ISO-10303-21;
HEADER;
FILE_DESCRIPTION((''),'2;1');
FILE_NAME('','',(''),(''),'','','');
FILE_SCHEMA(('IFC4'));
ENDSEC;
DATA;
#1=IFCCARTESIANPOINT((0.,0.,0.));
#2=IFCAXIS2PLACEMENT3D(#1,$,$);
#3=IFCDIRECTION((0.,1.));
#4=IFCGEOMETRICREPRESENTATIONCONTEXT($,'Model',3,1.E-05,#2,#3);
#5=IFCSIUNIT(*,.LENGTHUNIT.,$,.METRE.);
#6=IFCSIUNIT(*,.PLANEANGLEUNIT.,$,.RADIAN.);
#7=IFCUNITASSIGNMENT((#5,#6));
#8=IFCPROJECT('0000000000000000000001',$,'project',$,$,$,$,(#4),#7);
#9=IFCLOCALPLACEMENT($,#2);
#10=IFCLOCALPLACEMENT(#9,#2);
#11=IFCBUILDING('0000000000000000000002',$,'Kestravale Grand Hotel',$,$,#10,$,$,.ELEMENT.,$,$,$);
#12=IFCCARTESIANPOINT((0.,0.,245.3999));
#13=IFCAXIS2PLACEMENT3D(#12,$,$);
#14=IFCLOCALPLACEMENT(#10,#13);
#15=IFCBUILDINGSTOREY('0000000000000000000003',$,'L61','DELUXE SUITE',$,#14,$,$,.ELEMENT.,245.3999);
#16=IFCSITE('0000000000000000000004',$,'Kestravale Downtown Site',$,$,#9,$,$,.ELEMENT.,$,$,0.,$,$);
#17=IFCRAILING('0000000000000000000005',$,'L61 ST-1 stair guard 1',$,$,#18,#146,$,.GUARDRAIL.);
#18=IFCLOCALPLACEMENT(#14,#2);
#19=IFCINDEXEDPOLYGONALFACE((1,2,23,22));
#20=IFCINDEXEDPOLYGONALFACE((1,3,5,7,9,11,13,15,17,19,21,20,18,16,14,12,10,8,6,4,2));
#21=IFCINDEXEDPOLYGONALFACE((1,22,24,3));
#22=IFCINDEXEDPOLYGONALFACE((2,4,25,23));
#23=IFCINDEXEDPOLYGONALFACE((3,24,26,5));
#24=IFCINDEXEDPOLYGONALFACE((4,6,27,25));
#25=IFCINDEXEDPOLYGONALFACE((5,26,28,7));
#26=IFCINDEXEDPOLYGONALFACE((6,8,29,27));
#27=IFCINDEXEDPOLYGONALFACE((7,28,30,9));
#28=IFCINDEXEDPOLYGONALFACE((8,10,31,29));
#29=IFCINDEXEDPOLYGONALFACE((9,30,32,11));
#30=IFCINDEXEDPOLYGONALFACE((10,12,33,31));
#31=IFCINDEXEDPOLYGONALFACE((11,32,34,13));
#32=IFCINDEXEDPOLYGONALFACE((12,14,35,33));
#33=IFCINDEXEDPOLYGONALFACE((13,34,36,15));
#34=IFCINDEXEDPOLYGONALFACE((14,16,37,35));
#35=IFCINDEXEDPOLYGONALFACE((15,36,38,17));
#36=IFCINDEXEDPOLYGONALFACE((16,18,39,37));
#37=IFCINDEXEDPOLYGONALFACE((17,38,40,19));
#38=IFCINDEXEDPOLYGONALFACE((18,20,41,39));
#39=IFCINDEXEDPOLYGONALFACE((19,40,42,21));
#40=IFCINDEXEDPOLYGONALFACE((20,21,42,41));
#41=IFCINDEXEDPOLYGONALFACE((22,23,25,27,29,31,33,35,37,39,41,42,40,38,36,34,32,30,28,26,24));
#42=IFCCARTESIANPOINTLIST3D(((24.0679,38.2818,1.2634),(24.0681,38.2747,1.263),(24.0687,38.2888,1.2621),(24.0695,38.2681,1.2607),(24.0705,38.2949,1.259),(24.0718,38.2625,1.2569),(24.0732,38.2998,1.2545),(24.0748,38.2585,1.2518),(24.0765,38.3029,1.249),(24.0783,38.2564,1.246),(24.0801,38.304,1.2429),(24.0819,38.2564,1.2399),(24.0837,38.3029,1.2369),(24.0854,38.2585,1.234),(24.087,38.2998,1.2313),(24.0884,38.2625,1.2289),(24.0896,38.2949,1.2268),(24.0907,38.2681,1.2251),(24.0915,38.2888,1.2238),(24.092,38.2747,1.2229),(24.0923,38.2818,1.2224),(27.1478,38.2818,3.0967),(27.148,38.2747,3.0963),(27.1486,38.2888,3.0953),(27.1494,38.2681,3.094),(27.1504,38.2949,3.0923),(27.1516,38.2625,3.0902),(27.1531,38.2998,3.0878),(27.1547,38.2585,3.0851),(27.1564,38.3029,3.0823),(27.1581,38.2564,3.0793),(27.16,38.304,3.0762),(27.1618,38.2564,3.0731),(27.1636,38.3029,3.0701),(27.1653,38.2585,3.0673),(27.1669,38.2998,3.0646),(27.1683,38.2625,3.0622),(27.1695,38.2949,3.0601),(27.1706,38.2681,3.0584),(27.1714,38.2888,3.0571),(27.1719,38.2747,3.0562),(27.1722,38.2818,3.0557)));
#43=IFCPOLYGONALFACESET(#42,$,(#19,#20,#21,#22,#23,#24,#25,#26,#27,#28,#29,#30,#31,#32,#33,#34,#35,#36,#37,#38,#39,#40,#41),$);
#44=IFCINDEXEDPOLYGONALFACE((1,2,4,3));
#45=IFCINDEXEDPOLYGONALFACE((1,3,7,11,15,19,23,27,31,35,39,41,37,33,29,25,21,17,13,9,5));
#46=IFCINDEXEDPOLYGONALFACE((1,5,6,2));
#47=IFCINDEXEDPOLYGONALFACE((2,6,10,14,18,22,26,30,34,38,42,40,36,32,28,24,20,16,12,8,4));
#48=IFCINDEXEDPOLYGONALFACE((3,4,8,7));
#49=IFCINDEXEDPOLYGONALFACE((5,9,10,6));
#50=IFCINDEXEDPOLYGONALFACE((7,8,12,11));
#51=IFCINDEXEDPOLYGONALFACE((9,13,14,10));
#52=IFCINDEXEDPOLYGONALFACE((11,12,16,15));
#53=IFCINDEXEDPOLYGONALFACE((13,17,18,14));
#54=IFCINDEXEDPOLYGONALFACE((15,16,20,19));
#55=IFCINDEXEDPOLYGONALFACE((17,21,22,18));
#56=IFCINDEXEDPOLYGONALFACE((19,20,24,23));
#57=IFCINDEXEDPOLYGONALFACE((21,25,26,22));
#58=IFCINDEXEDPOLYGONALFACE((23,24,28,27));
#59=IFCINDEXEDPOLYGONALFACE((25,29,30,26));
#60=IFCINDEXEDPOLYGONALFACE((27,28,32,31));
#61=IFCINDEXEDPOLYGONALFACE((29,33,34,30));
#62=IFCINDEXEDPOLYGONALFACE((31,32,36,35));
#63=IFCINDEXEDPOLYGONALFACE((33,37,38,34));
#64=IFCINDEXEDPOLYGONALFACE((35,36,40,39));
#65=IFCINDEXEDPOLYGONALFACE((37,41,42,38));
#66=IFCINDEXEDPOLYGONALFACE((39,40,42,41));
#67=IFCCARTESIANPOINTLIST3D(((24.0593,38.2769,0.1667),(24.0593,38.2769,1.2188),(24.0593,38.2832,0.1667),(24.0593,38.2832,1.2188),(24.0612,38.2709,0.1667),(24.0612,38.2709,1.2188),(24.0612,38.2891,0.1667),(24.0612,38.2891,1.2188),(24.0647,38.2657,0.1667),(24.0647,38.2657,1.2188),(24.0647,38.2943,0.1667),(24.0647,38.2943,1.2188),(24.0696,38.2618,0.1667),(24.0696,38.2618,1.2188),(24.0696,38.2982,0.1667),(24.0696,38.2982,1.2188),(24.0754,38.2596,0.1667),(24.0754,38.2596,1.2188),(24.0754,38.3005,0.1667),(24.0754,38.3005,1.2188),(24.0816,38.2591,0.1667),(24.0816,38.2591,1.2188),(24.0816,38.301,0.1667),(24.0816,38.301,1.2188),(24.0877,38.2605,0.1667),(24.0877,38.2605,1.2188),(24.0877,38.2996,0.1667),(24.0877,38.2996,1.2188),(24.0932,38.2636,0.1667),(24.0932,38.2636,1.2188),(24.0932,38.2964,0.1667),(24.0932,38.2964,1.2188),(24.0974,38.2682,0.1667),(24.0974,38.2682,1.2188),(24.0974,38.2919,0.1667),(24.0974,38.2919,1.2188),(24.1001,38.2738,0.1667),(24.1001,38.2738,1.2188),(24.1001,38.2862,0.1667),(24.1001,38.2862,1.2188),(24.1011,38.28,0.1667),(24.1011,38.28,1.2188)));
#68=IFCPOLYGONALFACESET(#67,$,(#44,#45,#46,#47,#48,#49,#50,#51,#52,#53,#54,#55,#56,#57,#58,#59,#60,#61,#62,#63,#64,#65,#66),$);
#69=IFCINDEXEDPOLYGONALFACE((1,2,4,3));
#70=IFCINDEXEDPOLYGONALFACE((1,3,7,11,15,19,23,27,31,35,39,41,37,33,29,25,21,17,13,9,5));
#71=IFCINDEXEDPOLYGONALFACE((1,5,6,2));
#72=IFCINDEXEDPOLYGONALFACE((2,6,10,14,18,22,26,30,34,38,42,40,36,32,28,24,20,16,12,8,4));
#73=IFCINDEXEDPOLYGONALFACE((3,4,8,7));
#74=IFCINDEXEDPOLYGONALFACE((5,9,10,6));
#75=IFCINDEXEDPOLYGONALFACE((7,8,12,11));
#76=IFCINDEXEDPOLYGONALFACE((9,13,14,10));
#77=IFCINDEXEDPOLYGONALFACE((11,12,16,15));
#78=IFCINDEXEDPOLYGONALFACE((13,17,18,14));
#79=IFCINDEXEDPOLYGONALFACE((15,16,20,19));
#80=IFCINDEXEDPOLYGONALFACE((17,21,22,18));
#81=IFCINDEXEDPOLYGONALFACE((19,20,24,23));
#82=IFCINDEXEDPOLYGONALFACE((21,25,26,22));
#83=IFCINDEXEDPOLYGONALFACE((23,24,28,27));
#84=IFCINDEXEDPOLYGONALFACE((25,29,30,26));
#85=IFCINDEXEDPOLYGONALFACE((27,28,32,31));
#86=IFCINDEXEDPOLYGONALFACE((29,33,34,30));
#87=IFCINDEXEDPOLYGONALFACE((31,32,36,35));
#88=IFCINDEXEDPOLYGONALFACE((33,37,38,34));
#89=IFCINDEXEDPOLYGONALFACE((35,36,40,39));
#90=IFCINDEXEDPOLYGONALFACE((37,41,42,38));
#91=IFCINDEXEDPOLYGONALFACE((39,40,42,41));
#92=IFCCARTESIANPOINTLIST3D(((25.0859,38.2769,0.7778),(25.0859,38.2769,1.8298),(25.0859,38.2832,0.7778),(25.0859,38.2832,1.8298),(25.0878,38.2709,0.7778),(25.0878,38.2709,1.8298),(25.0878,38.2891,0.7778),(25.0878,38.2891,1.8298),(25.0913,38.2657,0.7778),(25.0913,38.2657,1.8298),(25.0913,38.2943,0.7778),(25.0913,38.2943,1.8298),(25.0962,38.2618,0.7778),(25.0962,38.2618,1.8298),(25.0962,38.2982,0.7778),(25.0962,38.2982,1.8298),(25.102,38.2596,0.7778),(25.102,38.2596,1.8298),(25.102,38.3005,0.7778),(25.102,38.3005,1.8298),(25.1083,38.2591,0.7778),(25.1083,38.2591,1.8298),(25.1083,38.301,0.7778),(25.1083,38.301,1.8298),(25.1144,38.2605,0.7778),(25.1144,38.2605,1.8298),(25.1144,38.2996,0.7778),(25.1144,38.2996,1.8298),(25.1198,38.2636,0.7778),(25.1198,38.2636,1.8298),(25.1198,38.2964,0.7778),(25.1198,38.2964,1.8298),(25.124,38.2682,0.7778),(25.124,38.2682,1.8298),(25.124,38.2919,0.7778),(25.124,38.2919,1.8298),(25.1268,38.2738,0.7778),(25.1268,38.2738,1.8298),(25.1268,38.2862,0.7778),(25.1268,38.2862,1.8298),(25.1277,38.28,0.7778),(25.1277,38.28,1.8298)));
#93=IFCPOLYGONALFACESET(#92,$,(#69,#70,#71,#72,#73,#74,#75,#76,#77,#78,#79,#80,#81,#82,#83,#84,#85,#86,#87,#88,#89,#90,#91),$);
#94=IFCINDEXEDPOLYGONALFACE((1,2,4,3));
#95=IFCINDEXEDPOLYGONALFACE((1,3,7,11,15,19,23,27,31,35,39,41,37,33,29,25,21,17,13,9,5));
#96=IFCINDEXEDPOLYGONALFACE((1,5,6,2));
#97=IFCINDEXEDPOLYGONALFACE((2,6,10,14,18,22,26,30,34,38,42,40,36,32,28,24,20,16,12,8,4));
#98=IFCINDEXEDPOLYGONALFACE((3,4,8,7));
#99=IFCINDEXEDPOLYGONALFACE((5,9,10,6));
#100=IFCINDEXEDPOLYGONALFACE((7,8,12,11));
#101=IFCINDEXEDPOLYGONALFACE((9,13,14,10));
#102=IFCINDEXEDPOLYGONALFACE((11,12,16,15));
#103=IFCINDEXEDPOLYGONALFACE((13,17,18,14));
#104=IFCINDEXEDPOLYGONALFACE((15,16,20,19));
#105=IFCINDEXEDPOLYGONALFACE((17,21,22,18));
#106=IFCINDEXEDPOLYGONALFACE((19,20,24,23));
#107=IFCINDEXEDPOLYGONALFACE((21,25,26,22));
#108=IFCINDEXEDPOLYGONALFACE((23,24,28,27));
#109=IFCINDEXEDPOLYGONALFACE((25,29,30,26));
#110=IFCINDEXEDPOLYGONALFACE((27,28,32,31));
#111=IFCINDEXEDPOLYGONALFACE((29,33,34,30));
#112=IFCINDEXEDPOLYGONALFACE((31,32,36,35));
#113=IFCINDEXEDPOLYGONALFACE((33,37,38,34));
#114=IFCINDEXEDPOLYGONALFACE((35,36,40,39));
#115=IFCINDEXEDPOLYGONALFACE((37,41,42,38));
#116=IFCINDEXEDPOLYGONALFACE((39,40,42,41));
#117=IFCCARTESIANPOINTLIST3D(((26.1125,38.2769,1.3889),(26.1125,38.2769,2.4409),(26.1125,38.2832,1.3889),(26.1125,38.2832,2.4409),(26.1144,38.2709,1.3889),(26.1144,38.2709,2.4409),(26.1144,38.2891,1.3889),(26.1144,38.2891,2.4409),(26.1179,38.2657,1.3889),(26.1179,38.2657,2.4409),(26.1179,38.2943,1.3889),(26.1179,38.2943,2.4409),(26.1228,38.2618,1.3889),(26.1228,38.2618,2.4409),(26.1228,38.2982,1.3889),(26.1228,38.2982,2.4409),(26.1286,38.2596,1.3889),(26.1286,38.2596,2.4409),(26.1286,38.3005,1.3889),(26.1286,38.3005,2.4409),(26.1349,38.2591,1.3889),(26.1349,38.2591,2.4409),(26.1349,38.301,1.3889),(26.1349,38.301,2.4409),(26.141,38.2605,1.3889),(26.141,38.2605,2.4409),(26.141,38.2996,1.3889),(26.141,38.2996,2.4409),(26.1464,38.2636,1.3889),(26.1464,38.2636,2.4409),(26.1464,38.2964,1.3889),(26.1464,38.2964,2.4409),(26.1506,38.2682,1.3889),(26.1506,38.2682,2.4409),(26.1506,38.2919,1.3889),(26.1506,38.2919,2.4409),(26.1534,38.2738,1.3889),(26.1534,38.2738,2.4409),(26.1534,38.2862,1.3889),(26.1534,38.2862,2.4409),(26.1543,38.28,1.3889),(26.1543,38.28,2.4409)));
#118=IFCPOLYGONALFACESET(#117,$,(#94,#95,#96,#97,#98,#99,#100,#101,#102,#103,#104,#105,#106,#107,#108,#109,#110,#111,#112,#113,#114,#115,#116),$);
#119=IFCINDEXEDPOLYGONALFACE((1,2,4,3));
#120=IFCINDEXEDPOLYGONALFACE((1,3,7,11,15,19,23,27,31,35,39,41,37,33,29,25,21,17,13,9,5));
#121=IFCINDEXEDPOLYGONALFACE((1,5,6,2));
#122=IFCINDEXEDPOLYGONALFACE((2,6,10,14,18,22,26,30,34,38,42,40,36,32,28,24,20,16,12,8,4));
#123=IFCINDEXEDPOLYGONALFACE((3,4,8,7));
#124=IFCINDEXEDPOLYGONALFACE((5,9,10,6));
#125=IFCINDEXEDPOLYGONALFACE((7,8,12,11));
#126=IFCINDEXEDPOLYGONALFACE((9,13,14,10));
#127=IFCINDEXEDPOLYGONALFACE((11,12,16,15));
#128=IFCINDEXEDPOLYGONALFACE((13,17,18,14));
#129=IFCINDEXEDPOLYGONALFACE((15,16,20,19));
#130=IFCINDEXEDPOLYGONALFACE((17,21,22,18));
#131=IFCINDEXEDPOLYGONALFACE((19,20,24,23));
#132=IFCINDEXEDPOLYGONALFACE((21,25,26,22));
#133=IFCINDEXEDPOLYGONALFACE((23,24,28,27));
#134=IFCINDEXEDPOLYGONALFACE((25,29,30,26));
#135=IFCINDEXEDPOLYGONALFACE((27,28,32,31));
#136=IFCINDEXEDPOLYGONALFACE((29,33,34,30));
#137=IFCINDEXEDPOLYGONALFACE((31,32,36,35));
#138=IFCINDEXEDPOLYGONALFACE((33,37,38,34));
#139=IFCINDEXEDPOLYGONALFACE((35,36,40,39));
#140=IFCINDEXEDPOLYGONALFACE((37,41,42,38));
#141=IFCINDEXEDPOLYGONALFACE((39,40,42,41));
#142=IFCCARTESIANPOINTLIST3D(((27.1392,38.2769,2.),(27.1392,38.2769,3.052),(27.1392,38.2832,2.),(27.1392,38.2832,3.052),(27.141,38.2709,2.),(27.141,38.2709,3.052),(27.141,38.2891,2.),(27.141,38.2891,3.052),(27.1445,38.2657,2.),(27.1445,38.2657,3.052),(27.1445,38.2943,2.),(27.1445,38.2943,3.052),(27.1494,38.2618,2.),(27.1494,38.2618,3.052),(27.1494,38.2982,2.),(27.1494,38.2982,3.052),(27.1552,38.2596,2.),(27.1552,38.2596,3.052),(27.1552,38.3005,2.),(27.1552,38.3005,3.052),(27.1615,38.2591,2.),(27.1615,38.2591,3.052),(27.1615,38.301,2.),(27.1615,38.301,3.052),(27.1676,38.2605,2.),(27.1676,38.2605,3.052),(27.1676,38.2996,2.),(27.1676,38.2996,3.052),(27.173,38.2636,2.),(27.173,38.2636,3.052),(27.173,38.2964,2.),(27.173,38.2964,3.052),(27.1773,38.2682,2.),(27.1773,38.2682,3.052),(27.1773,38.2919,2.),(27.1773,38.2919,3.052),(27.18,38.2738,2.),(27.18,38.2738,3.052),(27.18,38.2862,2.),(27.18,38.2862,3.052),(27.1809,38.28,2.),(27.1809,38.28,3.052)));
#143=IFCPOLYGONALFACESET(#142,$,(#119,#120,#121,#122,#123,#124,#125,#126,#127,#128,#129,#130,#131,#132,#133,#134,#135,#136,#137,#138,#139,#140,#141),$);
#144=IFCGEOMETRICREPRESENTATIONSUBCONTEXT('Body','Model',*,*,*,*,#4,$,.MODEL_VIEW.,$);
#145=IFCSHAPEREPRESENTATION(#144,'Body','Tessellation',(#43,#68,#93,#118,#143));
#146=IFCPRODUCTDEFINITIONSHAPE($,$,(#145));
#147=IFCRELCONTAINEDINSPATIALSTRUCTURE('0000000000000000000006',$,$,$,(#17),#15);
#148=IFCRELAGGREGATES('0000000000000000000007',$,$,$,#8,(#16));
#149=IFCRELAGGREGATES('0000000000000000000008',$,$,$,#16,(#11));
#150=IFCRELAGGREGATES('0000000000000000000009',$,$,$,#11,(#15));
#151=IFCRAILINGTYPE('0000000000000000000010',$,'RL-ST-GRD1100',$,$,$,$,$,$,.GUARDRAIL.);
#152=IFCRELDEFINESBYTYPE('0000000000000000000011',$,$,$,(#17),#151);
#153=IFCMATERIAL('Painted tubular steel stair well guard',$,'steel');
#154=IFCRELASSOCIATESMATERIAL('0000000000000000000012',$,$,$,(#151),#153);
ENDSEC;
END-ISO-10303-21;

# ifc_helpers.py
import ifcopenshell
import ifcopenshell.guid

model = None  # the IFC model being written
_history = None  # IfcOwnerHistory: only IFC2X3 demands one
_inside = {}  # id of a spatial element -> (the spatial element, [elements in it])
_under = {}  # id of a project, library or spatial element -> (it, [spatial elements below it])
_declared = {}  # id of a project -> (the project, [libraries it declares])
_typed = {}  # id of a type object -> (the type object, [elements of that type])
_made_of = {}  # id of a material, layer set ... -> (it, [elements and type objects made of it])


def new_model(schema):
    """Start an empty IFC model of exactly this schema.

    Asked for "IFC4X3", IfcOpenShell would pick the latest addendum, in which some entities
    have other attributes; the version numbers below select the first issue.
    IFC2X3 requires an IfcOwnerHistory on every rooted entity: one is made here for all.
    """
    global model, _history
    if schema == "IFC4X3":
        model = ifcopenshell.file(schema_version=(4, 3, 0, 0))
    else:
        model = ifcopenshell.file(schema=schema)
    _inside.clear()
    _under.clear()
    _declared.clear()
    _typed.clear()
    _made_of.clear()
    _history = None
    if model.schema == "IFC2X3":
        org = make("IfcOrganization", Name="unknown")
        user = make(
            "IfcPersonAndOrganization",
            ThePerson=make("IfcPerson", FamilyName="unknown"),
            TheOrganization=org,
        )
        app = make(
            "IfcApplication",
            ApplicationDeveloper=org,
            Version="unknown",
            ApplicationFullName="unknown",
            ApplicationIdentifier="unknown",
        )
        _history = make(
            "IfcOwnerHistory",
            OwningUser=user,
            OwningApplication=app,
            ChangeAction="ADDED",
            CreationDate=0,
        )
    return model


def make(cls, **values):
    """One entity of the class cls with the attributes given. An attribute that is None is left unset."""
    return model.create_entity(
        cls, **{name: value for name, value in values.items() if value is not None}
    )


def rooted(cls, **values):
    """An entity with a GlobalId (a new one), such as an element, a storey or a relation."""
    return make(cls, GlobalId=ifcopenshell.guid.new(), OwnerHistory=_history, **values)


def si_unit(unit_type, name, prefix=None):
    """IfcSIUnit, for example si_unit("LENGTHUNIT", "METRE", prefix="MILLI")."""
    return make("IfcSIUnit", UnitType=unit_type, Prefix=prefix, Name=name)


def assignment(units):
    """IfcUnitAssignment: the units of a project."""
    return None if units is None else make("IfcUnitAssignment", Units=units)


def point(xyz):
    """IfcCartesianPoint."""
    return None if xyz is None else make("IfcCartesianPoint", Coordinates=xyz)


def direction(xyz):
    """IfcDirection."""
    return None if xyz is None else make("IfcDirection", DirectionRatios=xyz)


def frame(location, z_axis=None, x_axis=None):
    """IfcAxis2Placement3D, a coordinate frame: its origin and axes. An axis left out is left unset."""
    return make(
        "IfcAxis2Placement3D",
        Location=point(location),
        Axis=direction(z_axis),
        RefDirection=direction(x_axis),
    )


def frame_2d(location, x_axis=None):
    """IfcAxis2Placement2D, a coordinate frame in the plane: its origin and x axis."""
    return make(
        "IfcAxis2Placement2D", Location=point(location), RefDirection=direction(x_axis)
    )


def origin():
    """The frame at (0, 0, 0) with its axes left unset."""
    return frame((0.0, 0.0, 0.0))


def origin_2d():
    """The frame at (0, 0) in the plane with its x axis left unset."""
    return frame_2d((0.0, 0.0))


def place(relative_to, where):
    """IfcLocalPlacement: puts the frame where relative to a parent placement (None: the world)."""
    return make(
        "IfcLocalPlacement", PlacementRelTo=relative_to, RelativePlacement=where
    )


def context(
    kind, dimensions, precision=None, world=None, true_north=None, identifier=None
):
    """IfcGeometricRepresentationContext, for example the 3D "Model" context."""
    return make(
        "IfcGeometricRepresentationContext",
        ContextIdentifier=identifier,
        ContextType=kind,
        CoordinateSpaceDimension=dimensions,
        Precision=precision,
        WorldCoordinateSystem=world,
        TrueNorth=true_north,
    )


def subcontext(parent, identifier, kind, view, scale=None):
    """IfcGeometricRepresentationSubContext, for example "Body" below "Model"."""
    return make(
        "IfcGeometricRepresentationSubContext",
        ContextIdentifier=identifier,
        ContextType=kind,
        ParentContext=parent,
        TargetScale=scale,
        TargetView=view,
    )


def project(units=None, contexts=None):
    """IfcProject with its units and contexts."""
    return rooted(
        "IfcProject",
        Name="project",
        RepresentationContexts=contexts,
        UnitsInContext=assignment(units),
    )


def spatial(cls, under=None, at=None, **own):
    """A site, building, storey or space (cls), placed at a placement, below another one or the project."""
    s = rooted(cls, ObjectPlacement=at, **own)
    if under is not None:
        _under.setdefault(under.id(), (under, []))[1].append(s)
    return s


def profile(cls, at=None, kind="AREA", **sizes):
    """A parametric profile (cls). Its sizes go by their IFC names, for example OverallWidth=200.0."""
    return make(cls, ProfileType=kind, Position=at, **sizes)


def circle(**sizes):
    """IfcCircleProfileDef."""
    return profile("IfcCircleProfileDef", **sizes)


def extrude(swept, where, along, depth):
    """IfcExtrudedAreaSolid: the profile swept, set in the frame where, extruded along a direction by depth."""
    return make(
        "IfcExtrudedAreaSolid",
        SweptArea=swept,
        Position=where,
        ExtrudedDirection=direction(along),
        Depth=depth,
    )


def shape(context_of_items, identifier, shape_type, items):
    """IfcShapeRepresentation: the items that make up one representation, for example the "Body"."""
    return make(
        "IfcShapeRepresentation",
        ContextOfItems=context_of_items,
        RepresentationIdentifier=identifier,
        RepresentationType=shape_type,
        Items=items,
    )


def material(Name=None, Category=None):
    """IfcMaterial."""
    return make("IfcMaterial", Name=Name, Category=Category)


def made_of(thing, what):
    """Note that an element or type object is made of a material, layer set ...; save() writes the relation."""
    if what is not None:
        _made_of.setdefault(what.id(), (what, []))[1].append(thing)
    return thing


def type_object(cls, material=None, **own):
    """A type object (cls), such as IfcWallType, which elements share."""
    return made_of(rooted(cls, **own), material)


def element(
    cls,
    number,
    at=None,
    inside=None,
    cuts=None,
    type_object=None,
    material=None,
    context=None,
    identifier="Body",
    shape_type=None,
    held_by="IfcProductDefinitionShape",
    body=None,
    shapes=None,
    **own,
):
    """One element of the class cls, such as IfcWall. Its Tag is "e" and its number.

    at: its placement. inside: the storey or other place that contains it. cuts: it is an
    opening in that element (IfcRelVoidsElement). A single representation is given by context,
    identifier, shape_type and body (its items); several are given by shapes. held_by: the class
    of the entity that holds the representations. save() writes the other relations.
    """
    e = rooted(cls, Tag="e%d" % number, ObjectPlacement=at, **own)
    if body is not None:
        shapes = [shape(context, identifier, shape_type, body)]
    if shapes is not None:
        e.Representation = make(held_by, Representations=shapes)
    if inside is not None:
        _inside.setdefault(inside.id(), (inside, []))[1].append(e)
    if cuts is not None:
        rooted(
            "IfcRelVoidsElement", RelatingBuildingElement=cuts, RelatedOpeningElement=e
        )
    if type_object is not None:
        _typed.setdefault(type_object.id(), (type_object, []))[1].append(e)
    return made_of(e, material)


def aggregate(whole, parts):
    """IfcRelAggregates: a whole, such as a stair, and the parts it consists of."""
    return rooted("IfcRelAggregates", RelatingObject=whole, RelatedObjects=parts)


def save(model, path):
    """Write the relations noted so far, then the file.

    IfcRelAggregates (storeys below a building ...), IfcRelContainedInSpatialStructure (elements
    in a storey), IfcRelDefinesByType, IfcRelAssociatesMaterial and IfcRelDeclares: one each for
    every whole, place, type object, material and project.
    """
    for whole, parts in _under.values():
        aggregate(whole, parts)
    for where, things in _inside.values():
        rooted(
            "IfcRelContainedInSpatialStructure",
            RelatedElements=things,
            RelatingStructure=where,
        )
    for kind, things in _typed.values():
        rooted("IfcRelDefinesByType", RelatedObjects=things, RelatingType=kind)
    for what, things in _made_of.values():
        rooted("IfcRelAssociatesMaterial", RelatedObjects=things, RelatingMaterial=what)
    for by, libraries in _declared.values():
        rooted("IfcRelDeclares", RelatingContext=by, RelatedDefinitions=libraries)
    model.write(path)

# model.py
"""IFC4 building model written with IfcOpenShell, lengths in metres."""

from ifc_helpers import new_model, si_unit, direction, frame, origin, origin_2d, place, context, subcontext, project, spatial, circle, extrude, material, type_object, element, save


model = new_model("IFC4")

# Units and contexts
model_context = context("Model", 3, precision=1e-05, world=origin(), true_north=direction((0.0, 1.0)))
body_context = subcontext(model_context, "Body", "Model", "MODEL_VIEW")
ifc_project = project(units=[si_unit("LENGTHUNIT", "METRE"), si_unit("PLANEANGLEUNIT", "RADIAN")], contexts=[model_context])

# Site, building, storey
site_placement = place(None, origin())
site = spatial("IfcSite", under=ifc_project, at=site_placement, Name="Kestravale Downtown Site", CompositionType="ELEMENT", RefElevation=0.0)
building_placement = place(site_placement, origin())
building = spatial("IfcBuilding", under=site, at=building_placement, Name="Kestravale Grand Hotel", CompositionType="ELEMENT")
storey_placement = place(building_placement, frame((0.0, 0.0, 245.3999)))
storey = spatial("IfcBuildingStorey", under=building, at=storey_placement, Name="L61", Description="DELUXE SUITE", CompositionType="ELEMENT", Elevation=245.3999)

# Railing
ifc_material_1 = material(Name="Painted tubular steel stair well guard", Category="steel")
railing_type_1 = type_object("IfcRailingType", Name="RL-ST-GRD1100", PredefinedType="GUARDRAIL", material=ifc_material_1)
railing_1_placement = place(storey_placement, frame((24.0801, 38.28, 0.1667)))
element("IfcRailing", 1, at=railing_1_placement, inside=storey, type_object=railing_type_1, Name="L61 ST-1 stair guard 1", PredefinedType="GUARDRAIL", context=body_context, shape_type="SweptSolid", body=[
    extrude(circle(Radius=0.0239, at=origin_2d()), frame((0.0, 0.0, 1.0762), z_axis=(0.859291, 0.0, 0.511487), x_axis=(0.0, 1.0, 0.0)), (0.0, 0.0, 1.0), 3.5842),
    extrude(circle(Radius=0.021, at=origin_2d()), origin(), (0.0, 0.0, 1.0), 1.052),
    extrude(circle(Radius=0.021, at=origin_2d()), frame((1.0266, 0.0, 0.6111)), (0.0, 0.0, 1.0), 1.052),
    extrude(circle(Radius=0.021, at=origin_2d()), frame((2.0532, 0.0, 1.2222)), (0.0, 0.0, 1.0), 1.052),
    extrude(circle(Radius=0.021, at=origin_2d()), frame((3.0798, 0.0, 1.8333)), (0.0, 0.0, 1.0), 1.052),
])

save(model, "model.ifc")
